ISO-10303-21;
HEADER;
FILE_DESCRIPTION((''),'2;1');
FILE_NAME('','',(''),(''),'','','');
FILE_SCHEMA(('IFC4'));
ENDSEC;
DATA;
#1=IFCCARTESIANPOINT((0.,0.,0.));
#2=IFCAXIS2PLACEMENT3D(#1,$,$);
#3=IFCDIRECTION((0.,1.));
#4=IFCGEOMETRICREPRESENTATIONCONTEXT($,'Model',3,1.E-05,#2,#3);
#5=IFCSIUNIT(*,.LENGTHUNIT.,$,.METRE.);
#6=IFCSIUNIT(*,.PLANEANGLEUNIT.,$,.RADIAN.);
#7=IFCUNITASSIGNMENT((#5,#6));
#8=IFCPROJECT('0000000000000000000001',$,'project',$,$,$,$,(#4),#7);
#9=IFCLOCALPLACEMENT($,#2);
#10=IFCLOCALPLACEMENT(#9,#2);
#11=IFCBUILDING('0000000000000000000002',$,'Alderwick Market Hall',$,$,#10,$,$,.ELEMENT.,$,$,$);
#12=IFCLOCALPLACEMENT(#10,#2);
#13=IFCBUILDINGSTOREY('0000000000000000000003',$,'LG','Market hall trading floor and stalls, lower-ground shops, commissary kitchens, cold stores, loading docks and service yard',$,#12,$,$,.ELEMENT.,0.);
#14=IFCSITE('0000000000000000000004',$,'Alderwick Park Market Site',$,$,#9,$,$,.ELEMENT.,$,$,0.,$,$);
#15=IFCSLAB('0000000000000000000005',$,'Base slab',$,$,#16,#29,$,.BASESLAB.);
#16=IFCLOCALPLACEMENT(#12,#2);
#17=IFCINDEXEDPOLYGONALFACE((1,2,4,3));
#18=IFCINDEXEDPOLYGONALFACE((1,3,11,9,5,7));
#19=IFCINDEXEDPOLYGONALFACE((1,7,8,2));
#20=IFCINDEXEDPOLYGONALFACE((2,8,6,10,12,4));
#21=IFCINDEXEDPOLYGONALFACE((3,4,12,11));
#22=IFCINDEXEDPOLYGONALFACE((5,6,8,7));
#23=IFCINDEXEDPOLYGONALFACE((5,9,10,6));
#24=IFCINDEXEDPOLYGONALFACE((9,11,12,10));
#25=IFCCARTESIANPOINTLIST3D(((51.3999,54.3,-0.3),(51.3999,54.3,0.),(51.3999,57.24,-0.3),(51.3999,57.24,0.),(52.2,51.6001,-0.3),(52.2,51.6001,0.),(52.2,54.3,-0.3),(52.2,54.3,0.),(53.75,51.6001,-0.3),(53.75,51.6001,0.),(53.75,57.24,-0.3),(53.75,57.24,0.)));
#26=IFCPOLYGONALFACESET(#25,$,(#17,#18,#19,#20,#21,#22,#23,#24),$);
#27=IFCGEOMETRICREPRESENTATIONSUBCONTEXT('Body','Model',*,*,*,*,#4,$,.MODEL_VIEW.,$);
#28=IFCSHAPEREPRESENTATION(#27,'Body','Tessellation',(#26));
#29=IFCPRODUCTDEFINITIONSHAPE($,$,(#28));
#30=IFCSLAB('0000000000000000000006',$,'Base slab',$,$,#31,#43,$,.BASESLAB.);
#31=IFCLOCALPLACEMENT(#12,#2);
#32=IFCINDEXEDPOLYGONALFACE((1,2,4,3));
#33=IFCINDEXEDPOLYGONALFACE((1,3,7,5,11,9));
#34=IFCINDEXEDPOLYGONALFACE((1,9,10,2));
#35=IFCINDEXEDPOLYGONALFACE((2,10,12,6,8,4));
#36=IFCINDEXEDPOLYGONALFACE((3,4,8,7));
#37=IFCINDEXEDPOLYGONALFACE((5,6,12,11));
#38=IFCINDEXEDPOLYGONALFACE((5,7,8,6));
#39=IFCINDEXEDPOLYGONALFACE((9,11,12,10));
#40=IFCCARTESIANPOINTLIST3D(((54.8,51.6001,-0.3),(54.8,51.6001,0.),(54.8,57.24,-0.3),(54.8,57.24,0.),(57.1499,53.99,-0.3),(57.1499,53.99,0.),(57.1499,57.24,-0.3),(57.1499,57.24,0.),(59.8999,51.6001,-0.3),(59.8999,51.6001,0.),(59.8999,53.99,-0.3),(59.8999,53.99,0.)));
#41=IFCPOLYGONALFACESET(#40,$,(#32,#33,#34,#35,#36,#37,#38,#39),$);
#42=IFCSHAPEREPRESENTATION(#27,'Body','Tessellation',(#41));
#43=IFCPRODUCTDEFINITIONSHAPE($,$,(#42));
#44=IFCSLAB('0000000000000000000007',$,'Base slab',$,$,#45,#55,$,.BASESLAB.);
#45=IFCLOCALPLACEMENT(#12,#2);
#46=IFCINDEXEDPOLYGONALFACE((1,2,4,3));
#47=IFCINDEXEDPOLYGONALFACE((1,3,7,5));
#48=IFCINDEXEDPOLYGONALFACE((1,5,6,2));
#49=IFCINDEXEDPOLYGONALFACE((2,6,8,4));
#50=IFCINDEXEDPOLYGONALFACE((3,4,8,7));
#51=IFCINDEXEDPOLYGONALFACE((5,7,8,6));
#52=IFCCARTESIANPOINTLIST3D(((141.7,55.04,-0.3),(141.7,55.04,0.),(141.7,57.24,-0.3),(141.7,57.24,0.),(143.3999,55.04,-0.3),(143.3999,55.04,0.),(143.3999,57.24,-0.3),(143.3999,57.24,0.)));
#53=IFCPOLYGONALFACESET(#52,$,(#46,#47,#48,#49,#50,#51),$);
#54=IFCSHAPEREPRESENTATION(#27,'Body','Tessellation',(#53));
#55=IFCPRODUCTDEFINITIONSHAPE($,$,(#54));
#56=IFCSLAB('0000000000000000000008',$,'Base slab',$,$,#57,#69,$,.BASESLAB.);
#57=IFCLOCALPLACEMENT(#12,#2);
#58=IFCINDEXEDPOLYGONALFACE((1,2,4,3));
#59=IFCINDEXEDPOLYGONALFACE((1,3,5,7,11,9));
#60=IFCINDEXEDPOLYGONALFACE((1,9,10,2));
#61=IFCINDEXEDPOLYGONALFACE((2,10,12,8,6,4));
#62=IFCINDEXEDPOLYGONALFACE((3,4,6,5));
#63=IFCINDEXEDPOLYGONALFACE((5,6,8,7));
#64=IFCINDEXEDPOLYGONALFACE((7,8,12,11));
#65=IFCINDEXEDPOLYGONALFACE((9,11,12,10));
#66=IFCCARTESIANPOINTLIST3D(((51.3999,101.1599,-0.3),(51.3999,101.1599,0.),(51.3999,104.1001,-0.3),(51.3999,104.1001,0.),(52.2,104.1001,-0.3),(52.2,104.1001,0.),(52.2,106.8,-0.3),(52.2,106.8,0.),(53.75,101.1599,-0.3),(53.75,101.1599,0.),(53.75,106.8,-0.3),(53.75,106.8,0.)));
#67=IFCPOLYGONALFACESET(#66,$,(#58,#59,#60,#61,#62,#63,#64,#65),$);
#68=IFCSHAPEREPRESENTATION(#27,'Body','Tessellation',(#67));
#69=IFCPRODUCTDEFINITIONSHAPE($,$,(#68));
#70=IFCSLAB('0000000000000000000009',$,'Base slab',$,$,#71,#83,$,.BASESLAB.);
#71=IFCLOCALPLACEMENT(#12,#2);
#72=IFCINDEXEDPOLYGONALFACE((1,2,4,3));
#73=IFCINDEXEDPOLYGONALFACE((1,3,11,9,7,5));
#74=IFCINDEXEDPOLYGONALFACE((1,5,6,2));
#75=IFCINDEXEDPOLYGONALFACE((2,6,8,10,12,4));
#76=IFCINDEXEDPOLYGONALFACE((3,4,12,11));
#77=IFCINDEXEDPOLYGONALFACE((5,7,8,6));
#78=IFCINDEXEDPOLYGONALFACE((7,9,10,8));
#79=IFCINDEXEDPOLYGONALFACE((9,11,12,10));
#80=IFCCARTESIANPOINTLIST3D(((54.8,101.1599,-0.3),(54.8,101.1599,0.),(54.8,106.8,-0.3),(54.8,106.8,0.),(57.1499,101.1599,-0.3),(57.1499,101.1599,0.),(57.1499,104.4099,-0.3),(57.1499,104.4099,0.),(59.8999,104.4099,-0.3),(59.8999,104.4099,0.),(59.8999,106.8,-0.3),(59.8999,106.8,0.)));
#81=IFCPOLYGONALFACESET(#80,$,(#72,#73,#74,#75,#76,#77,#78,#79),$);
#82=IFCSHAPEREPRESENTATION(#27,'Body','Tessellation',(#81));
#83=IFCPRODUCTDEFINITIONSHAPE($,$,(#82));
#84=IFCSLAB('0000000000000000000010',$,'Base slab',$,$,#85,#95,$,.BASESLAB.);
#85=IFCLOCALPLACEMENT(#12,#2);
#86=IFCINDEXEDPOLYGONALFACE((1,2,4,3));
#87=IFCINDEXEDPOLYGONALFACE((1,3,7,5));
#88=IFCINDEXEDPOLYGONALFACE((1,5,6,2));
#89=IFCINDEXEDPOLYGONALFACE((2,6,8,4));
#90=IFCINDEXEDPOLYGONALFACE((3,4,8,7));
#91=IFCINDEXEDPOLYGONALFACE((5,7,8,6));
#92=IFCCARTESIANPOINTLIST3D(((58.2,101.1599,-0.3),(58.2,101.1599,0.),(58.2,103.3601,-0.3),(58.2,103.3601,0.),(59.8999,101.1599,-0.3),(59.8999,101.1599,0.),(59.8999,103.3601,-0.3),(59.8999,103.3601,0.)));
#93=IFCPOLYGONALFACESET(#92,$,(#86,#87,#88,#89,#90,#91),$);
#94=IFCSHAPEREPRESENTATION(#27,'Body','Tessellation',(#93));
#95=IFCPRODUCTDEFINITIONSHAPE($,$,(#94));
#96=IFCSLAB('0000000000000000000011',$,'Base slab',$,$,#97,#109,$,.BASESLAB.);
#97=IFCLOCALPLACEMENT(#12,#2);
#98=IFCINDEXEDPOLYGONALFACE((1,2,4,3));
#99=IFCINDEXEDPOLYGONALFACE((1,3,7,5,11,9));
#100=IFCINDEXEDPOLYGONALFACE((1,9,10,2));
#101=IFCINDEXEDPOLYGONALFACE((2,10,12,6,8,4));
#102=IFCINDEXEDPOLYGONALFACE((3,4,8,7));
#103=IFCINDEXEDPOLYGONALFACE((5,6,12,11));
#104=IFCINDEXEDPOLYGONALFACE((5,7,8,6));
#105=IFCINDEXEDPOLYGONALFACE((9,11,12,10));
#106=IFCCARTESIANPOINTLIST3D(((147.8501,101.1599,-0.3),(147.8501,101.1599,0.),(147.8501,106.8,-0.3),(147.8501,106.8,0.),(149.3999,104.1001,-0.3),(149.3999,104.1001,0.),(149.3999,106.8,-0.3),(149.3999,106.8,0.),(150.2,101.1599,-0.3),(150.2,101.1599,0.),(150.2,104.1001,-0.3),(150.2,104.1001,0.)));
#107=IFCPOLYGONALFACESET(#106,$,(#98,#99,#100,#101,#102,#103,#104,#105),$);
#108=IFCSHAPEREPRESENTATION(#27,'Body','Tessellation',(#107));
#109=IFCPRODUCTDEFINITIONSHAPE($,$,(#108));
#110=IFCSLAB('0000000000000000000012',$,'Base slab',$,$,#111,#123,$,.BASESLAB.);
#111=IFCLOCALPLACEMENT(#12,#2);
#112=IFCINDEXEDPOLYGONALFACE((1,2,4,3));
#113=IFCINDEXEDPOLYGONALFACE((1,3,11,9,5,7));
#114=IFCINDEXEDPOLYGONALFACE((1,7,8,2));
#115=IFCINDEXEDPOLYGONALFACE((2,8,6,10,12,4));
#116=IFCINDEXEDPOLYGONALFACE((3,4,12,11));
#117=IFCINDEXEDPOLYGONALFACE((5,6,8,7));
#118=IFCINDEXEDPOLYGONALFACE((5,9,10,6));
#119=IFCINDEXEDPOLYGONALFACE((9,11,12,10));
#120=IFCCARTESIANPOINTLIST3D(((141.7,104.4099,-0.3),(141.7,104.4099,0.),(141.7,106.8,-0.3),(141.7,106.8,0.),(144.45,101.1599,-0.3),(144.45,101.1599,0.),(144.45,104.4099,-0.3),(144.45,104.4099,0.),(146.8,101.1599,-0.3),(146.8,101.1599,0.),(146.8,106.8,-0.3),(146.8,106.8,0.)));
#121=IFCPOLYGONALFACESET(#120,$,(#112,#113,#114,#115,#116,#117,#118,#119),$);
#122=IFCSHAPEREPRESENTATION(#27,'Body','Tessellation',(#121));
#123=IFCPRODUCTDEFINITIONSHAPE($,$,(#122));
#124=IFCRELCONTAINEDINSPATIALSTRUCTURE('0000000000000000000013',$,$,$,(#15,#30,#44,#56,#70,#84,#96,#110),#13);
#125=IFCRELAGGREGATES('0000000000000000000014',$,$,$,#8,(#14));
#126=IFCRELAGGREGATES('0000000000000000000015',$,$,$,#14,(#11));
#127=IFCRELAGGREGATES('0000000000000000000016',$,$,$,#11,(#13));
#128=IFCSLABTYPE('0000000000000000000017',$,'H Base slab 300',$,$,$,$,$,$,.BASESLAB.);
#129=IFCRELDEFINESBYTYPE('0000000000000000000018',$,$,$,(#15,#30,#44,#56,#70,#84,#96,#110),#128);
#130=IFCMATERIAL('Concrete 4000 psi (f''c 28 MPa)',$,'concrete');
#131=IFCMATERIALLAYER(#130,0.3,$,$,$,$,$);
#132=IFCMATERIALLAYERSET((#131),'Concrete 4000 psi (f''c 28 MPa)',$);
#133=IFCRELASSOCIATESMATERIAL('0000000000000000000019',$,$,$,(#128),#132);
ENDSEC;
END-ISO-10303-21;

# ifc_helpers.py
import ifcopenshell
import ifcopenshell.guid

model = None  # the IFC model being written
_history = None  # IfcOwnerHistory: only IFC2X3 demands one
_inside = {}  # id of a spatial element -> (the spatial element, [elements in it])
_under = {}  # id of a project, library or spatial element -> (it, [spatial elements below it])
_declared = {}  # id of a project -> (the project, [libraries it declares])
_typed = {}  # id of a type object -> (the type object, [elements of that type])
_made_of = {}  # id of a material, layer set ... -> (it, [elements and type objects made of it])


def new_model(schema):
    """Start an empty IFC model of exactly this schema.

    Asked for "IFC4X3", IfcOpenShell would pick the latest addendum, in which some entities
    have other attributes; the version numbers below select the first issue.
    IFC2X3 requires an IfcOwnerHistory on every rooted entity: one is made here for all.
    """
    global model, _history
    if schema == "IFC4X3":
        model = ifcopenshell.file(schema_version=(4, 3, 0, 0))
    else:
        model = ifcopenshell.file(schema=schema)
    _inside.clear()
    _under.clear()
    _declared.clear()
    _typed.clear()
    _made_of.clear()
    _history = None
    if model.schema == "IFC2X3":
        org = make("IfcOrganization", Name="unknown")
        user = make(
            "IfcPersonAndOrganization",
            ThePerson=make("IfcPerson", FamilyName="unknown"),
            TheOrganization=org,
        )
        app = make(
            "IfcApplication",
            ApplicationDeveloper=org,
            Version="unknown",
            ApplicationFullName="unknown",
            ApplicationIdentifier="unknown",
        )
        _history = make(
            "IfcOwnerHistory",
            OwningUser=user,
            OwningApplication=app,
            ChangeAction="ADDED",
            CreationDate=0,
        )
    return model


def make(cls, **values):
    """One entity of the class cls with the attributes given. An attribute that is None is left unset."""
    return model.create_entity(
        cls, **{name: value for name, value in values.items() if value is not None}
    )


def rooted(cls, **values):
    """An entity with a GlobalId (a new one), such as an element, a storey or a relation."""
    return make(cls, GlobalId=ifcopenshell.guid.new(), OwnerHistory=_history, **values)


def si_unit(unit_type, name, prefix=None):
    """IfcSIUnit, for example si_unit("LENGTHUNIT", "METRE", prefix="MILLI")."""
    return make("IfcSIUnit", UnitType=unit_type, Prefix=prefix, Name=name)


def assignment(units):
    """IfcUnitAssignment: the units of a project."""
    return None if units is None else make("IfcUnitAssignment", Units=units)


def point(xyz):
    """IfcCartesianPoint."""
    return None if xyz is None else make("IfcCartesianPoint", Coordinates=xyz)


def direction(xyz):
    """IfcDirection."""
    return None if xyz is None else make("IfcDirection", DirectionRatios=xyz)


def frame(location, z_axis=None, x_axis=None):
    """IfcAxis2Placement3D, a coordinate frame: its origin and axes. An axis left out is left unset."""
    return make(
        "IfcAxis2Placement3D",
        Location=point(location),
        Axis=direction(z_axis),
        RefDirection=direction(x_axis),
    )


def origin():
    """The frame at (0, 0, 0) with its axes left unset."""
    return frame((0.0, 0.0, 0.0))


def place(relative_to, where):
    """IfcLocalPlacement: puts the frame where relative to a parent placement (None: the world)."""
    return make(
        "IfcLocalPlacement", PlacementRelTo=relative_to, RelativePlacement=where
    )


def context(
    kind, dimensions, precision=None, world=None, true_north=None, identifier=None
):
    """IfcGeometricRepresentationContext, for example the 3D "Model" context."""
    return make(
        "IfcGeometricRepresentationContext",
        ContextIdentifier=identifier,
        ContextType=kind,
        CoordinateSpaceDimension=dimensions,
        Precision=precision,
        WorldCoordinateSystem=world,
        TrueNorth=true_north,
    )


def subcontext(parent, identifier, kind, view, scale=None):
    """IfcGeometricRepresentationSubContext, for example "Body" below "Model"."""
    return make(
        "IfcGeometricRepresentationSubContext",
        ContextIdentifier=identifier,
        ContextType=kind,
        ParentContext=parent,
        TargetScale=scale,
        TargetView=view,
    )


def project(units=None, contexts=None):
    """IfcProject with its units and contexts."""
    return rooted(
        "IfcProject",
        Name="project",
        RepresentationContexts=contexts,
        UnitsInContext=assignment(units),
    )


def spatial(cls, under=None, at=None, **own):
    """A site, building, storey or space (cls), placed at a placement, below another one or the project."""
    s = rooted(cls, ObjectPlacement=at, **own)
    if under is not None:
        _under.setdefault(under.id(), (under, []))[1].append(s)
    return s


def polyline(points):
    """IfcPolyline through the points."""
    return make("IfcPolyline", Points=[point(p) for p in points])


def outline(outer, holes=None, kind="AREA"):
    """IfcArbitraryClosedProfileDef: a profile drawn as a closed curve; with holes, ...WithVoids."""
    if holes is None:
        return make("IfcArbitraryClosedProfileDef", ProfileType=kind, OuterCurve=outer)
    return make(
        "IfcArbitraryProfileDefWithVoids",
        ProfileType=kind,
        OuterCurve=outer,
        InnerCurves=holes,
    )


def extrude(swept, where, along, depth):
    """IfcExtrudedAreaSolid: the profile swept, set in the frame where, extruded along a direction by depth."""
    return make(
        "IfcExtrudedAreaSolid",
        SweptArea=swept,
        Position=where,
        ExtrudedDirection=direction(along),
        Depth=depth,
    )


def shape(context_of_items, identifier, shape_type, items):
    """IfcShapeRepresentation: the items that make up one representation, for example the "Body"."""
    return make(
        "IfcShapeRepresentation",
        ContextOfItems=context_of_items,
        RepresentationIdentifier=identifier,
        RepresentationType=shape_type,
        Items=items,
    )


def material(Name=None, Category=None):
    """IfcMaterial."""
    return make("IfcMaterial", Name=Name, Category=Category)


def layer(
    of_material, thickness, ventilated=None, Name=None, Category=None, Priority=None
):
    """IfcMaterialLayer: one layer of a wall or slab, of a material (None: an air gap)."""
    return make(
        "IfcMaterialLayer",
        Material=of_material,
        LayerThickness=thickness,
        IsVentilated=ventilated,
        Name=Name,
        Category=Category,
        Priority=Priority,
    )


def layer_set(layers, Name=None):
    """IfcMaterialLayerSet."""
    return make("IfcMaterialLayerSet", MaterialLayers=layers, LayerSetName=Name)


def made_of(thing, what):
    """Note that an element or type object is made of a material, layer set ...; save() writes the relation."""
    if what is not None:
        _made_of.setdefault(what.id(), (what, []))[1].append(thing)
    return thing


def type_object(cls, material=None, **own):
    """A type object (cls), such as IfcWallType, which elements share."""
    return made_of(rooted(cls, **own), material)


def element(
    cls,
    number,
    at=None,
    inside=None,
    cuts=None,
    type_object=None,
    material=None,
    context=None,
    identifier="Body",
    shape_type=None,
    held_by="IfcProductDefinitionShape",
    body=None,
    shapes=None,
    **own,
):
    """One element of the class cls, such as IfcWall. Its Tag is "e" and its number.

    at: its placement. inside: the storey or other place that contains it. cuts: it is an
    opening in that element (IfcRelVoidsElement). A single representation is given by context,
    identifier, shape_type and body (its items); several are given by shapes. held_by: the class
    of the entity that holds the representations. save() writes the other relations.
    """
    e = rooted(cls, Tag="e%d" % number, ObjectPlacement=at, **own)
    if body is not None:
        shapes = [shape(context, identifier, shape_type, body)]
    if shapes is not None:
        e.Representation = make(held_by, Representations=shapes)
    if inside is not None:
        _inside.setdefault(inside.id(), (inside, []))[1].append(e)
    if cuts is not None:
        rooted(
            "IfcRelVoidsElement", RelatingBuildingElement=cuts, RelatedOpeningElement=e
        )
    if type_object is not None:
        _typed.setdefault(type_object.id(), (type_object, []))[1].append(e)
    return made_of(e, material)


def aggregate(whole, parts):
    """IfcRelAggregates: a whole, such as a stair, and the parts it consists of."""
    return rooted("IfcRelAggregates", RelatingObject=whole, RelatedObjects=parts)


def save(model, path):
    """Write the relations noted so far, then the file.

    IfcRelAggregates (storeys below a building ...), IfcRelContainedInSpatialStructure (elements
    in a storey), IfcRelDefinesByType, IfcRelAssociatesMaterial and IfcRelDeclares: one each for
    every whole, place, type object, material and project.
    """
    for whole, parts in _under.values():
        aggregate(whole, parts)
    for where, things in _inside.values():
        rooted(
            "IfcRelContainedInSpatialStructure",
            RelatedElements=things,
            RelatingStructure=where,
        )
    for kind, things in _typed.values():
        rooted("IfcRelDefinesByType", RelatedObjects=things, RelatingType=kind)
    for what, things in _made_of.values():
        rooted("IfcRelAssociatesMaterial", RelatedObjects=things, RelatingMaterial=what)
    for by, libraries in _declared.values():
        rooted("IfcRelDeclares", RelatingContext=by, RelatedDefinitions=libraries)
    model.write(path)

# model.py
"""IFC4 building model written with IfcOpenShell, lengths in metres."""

from ifc_helpers import new_model, si_unit, direction, frame, origin, place, context, subcontext, project, spatial, polyline, outline, extrude, material, layer, layer_set, type_object, element, save


model = new_model("IFC4")

# Units and contexts
model_context = context("Model", 3, precision=1e-05, world=origin(), true_north=direction((0.0, 1.0)))
body_context = subcontext(model_context, "Body", "Model", "MODEL_VIEW")
ifc_project = project(units=[si_unit("LENGTHUNIT", "METRE"), si_unit("PLANEANGLEUNIT", "RADIAN")], contexts=[model_context])

# Site, building, storey
site_placement = place(None, origin())
site = spatial("IfcSite", under=ifc_project, at=site_placement, Name="Alderwick Park Market Site", CompositionType="ELEMENT", RefElevation=0.0)
building_placement = place(site_placement, origin())
building = spatial("IfcBuilding", under=site, at=building_placement, Name="Alderwick Market Hall", CompositionType="ELEMENT")
storey_placement = place(building_placement, origin())
storey = spatial("IfcBuildingStorey", under=building, at=storey_placement, Name="LG", Description="Market hall trading floor and stalls, lower-ground shops, commissary kitchens, cold stores, loading docks and service yard", CompositionType="ELEMENT", Elevation=0.0)

# Shared definitions
ifc_material_1 = material(Name="Concrete 4000 psi (f'c 28 MPa)", Category="concrete")

# Slabs
ifc_layer_1 = layer(ifc_material_1, 0.3)
ifc_layer_set_1 = layer_set([ifc_layer_1], Name="Concrete 4000 psi (f'c 28 MPa)")
slab_type_1 = type_object("IfcSlabType", Name="H Base slab 300", PredefinedType="BASESLAB", material=ifc_layer_set_1)
slab_1_placement = place(storey_placement, frame((0.0, 0.0, -0.3)))
element("IfcSlab", 1, at=slab_1_placement, inside=storey, type_object=slab_type_1, Name="Base slab", PredefinedType="BASESLAB", context=body_context, shape_type="SweptSolid", body=[
    extrude(outline(polyline([(52.2, 54.3), (51.3999, 54.3), (51.3999, 57.24), (53.75, 57.24), (53.75, 51.6001), (52.2, 51.6001), (52.2, 54.3)])), origin(), (0.0, 0.0, 1.0), 0.3),
])
slab_2_placement = place(storey_placement, frame((0.0, 0.0, -0.3)))
element("IfcSlab", 2, at=slab_2_placement, inside=storey, type_object=slab_type_1, Name="Base slab", PredefinedType="BASESLAB", context=body_context, shape_type="SweptSolid", body=[
    extrude(outline(polyline([(54.8, 57.24), (57.1499, 57.24), (57.1499, 53.99), (59.8999, 53.99), (59.8999, 51.6001), (54.8, 51.6001), (54.8, 57.24)])), origin(), (0.0, 0.0, 1.0), 0.3),
])
slab_3_placement = place(storey_placement, frame((0.0, 0.0, -0.3)))
element("IfcSlab", 3, at=slab_3_placement, inside=storey, type_object=slab_type_1, Name="Base slab", PredefinedType="BASESLAB", context=body_context, shape_type="SweptSolid", body=[
    extrude(outline(polyline([(141.7, 57.24), (143.3999, 57.24), (143.3999, 55.04), (141.7, 55.04), (141.7, 57.24)])), origin(), (0.0, 0.0, 1.0), 0.3),
])
slab_4_placement = place(storey_placement, frame((0.0, 0.0, -0.3)))
element("IfcSlab", 4, at=slab_4_placement, inside=storey, type_object=slab_type_1, Name="Base slab", PredefinedType="BASESLAB", context=body_context, shape_type="SweptSolid", body=[
    extrude(outline(polyline([(51.3999, 101.1599), (51.3999, 104.1001), (52.2, 104.1001), (52.2, 106.8), (53.75, 106.8), (53.75, 101.1599), (51.3999, 101.1599)])), origin(), (0.0, 0.0, 1.0), 0.3),
])
slab_5_placement = place(storey_placement, frame((0.0, 0.0, -0.3)))
element("IfcSlab", 5, at=slab_5_placement, inside=storey, type_object=slab_type_1, Name="Base slab", PredefinedType="BASESLAB", context=body_context, shape_type="SweptSolid", body=[
    extrude(outline(polyline([(54.8, 101.1599), (54.8, 106.8), (59.8999, 106.8), (59.8999, 104.4099), (57.1499, 104.4099), (57.1499, 101.1599), (54.8, 101.1599)])), origin(), (0.0, 0.0, 1.0), 0.3),
])
slab_6_placement = place(storey_placement, frame((0.0, 0.0, -0.3)))
element("IfcSlab", 6, at=slab_6_placement, inside=storey, type_object=slab_type_1, Name="Base slab", PredefinedType="BASESLAB", context=body_context, shape_type="SweptSolid", body=[
    extrude(outline(polyline([(58.2, 101.1599), (58.2, 103.3601), (59.8999, 103.3601), (59.8999, 101.1599), (58.2, 101.1599)])), origin(), (0.0, 0.0, 1.0), 0.3),
])
slab_7_placement = place(storey_placement, frame((0.0, 0.0, -0.3)))
element("IfcSlab", 7, at=slab_7_placement, inside=storey, type_object=slab_type_1, Name="Base slab", PredefinedType="BASESLAB", context=body_context, shape_type="SweptSolid", body=[
    extrude(outline(polyline([(149.3999, 104.1001), (150.2, 104.1001), (150.2, 101.1599), (147.8501, 101.1599), (147.8501, 106.8), (149.3999, 106.8), (149.3999, 104.1001)])), origin(), (0.0, 0.0, 1.0), 0.3),
])
slab_8_placement = place(storey_placement, frame((0.0, 0.0, -0.3)))
element("IfcSlab", 8, at=slab_8_placement, inside=storey, type_object=slab_type_1, Name="Base slab", PredefinedType="BASESLAB", context=body_context, shape_type="SweptSolid", body=[
    extrude(outline(polyline([(141.7, 106.8), (146.8, 106.8), (146.8, 101.1599), (144.45, 101.1599), (144.45, 104.4099), (141.7, 104.4099), (141.7, 106.8)])), origin(), (0.0, 0.0, 1.0), 0.3),
])

save(model, "model.ifc")
